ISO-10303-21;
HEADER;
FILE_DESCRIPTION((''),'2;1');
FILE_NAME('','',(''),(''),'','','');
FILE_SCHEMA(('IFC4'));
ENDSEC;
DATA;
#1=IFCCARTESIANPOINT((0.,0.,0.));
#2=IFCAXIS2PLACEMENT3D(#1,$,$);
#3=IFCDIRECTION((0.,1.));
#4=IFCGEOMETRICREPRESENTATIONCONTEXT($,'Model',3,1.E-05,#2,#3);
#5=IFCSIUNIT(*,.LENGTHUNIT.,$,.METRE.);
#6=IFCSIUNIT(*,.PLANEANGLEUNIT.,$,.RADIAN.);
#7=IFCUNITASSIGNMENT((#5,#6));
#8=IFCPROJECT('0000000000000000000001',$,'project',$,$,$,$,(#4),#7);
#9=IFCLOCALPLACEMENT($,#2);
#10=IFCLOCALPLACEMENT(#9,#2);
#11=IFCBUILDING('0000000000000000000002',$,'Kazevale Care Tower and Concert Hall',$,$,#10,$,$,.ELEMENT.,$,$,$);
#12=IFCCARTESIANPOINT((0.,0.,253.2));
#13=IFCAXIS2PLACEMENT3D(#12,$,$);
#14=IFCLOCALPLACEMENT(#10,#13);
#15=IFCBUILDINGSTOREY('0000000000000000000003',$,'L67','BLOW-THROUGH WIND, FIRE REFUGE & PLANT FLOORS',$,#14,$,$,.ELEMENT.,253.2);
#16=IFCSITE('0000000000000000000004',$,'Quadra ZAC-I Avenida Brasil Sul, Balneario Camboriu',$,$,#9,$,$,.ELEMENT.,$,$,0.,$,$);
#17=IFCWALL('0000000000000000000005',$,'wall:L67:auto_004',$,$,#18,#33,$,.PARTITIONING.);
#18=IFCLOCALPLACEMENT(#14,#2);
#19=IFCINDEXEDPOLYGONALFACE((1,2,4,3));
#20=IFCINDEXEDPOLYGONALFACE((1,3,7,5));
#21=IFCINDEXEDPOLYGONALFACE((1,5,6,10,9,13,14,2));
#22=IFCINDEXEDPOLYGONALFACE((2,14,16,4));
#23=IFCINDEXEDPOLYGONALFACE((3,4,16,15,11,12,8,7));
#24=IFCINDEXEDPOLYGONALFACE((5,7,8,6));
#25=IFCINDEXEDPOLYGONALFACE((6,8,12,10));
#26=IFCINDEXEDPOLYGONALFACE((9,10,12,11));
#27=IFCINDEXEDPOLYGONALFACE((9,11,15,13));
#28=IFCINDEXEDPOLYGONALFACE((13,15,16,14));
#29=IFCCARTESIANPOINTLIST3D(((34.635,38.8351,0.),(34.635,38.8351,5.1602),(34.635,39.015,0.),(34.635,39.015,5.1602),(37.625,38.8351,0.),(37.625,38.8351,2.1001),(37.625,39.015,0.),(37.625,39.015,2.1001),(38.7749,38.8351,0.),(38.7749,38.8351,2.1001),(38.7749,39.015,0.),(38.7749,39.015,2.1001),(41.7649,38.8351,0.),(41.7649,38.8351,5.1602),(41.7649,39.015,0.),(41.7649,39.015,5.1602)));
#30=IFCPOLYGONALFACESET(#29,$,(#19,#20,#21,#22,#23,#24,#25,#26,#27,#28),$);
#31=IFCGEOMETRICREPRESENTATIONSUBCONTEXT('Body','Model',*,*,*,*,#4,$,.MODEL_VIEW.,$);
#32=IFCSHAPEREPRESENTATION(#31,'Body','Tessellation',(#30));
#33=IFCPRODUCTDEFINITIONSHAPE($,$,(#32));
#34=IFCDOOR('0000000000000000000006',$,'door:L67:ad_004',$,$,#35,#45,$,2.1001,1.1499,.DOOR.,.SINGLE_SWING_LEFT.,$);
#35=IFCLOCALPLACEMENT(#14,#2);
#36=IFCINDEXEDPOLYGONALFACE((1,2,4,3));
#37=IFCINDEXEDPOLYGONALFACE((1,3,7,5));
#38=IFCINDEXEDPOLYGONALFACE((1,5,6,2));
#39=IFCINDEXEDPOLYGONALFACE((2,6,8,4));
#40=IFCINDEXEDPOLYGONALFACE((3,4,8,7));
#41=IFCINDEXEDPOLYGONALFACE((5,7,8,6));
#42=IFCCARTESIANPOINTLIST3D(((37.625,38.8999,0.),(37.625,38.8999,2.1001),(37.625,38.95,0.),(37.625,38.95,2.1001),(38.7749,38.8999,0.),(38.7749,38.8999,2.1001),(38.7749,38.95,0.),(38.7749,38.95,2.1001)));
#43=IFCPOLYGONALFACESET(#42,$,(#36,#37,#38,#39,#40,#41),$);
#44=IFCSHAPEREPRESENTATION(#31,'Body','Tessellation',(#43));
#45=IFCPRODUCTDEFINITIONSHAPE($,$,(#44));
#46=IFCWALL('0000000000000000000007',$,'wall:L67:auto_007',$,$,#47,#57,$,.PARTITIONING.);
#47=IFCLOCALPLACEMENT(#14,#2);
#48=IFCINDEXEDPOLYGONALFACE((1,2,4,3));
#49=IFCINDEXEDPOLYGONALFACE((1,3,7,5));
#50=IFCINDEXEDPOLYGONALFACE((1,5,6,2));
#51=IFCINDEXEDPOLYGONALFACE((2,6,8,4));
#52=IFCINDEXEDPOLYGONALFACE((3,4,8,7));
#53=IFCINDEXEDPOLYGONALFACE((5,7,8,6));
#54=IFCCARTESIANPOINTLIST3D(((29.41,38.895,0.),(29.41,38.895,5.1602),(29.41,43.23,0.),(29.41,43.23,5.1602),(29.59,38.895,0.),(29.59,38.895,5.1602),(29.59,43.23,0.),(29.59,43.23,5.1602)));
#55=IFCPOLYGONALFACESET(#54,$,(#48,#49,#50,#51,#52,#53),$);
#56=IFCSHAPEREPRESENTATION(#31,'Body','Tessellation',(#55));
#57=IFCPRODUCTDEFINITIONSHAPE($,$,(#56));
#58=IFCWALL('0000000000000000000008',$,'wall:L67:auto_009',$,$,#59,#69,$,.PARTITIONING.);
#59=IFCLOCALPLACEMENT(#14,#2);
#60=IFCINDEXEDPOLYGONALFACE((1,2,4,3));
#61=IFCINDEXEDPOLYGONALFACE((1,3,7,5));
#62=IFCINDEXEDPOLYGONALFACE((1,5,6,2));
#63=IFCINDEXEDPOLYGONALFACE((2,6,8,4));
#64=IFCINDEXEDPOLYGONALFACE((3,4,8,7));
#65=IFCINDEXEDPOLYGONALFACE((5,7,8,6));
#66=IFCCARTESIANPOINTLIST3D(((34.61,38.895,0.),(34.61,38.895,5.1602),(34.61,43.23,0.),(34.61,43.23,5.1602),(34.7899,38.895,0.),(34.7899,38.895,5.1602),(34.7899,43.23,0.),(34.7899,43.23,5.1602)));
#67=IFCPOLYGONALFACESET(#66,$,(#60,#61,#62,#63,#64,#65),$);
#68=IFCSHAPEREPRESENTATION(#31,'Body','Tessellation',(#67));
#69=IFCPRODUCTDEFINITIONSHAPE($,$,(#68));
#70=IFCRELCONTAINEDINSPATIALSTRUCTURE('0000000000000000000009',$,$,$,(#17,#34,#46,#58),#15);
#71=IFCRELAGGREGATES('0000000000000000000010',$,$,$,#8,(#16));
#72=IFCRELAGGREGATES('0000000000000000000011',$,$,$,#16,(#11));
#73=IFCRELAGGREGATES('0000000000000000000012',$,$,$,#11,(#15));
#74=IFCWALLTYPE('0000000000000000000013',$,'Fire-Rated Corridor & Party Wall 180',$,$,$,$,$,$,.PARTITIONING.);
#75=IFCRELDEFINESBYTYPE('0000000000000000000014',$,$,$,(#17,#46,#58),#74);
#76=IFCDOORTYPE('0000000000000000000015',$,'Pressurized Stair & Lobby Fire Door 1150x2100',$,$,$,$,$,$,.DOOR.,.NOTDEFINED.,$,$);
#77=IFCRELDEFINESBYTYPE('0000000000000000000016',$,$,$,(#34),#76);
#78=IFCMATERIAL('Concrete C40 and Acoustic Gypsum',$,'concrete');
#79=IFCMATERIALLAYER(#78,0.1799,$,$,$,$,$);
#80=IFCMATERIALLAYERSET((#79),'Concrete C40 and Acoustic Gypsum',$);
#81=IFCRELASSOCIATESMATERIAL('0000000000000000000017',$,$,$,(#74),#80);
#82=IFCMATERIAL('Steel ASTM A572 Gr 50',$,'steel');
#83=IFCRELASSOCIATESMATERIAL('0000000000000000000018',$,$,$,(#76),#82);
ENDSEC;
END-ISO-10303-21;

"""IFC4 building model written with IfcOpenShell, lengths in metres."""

from ifc_helpers import new_model, si_unit, direction, frame, frame_2d, origin, place, context, subcontext, project, spatial, rectangle, extrude, material, layer, layer_set, type_object, element, fill, save


model = new_model("IFC4")

# Units and contexts
model_context = context("Model", 3, precision=1e-05, world=origin(), true_north=direction((0.0, 1.0)))
body_context = subcontext(model_context, "Body", "Model", "MODEL_VIEW")
ifc_project = project(units=[si_unit("LENGTHUNIT", "METRE"), si_unit("PLANEANGLEUNIT", "RADIAN")], contexts=[model_context])

# Site, building, storey
site_placement = place(None, origin())
site = spatial("IfcSite", under=ifc_project, at=site_placement, Name="Quadra ZAC-I Avenida Brasil Sul, Balneario Camboriu", CompositionType="ELEMENT", RefElevation=0.0)
building_placement = place(site_placement, origin())
building = spatial("IfcBuilding", under=site, at=building_placement, Name="Kazevale Care Tower and Concert Hall", CompositionType="ELEMENT")
storey_placement = place(building_placement, frame((0.0, 0.0, 253.2)))
storey = spatial("IfcBuildingStorey", under=building, at=storey_placement, Name="L67", Description="BLOW-THROUGH WIND, FIRE REFUGE & PLANT FLOORS", CompositionType="ELEMENT", Elevation=253.2)

# Shared definitions
ifc_material_1 = material(Name="Steel ASTM A572 Gr 50", Category="steel")

# Wall, opening, door
ifc_material_2 = material(Name="Concrete C40 and Acoustic Gypsum", Category="concrete")
ifc_layer_1 = layer(ifc_material_2, 0.1799)
ifc_layer_set_1 = layer_set([ifc_layer_1], Name="Concrete C40 and Acoustic Gypsum")
wall_type_1 = type_object("IfcWallType", Name="Fire-Rated Corridor & Party Wall 180", PredefinedType="PARTITIONING", material=ifc_layer_set_1)
door_type_1 = type_object("IfcDoorType", Name="Pressurized Stair & Lobby Fire Door 1150x2100", OperationType="NOTDEFINED", PredefinedType="DOOR", material=ifc_material_1)
wall_1_placement = place(storey_placement, frame((34.635, 38.925, 0.0), z_axis=(0.0, 0.0, 1.0), x_axis=(1.0, 0.0, 0.0)))
wall_1 = element("IfcWall", 1, at=wall_1_placement, inside=storey, type_object=wall_type_1, Name="wall:L67:auto_004", PredefinedType="PARTITIONING", context=body_context, shape_type="SweptSolid", body=[
    extrude(rectangle(XDim=7.1299, YDim=0.1799, at=frame_2d((3.5649, 0.0))), origin(), (0.0, 0.0, 1.0), 5.1602),
])
opening_1_placement = place(wall_1_placement, frame((2.99, 0.0, 0.0)))
opening_1 = element("IfcOpeningElement", 2, at=opening_1_placement, cuts=wall_1, PredefinedType="OPENING", context=body_context, shape_type="SweptSolid", body=[
    extrude(rectangle(XDim=1.1499, YDim=2.1001, at=frame_2d((0.575, 1.05))), frame((0.0, 0.0999, 0.0), z_axis=(0.0, -1.0, 0.0), x_axis=(1.0, 0.0, 0.0)), (0.0, 0.0, 1.0), 0.2),
])
door_1_placement = place(opening_1_placement, origin())
door_1 = element("IfcDoor", 3, at=door_1_placement, inside=storey, type_object=door_type_1, Name="door:L67:ad_004", OperationType="SINGLE_SWING_LEFT", OverallHeight=2.1001, OverallWidth=1.1499, PredefinedType="DOOR", context=body_context, shape_type="SweptSolid", body=[
    extrude(rectangle(XDim=1.1499, YDim=2.1001, at=frame_2d((0.575, 1.05))), frame((0.0, 0.0249, 0.0), z_axis=(0.0, -1.0, 0.0), x_axis=(1.0, 0.0, 0.0)), (0.0, 0.0, 1.0), 0.05),
])
fill(opening_1, door_1)

# Walls
for number, where, z_axis, x_axis, name in (
    (4, (29.5, 43.23, 0.0), (0.0, 0.0, 1.0), (0.0, -1.0, 0.0), "wall:L67:auto_007"),
    (5, (34.7, 43.23, 0.0), (0.0, 0.0, 1.0), (0.0, -1.0, 0.0), "wall:L67:auto_009"),
):
    element("IfcWall", number, at=place(storey_placement, frame(where, z_axis=z_axis, x_axis=x_axis)), inside=storey, type_object=wall_type_1, Name=name, PredefinedType="PARTITIONING", context=body_context, shape_type="SweptSolid", body=[
        extrude(rectangle(XDim=4.335, YDim=0.1799, at=frame_2d((2.1675, 0.0))), origin(), (0.0, 0.0, 1.0), 5.1602),
    ])

save(model, "model.ifc")
